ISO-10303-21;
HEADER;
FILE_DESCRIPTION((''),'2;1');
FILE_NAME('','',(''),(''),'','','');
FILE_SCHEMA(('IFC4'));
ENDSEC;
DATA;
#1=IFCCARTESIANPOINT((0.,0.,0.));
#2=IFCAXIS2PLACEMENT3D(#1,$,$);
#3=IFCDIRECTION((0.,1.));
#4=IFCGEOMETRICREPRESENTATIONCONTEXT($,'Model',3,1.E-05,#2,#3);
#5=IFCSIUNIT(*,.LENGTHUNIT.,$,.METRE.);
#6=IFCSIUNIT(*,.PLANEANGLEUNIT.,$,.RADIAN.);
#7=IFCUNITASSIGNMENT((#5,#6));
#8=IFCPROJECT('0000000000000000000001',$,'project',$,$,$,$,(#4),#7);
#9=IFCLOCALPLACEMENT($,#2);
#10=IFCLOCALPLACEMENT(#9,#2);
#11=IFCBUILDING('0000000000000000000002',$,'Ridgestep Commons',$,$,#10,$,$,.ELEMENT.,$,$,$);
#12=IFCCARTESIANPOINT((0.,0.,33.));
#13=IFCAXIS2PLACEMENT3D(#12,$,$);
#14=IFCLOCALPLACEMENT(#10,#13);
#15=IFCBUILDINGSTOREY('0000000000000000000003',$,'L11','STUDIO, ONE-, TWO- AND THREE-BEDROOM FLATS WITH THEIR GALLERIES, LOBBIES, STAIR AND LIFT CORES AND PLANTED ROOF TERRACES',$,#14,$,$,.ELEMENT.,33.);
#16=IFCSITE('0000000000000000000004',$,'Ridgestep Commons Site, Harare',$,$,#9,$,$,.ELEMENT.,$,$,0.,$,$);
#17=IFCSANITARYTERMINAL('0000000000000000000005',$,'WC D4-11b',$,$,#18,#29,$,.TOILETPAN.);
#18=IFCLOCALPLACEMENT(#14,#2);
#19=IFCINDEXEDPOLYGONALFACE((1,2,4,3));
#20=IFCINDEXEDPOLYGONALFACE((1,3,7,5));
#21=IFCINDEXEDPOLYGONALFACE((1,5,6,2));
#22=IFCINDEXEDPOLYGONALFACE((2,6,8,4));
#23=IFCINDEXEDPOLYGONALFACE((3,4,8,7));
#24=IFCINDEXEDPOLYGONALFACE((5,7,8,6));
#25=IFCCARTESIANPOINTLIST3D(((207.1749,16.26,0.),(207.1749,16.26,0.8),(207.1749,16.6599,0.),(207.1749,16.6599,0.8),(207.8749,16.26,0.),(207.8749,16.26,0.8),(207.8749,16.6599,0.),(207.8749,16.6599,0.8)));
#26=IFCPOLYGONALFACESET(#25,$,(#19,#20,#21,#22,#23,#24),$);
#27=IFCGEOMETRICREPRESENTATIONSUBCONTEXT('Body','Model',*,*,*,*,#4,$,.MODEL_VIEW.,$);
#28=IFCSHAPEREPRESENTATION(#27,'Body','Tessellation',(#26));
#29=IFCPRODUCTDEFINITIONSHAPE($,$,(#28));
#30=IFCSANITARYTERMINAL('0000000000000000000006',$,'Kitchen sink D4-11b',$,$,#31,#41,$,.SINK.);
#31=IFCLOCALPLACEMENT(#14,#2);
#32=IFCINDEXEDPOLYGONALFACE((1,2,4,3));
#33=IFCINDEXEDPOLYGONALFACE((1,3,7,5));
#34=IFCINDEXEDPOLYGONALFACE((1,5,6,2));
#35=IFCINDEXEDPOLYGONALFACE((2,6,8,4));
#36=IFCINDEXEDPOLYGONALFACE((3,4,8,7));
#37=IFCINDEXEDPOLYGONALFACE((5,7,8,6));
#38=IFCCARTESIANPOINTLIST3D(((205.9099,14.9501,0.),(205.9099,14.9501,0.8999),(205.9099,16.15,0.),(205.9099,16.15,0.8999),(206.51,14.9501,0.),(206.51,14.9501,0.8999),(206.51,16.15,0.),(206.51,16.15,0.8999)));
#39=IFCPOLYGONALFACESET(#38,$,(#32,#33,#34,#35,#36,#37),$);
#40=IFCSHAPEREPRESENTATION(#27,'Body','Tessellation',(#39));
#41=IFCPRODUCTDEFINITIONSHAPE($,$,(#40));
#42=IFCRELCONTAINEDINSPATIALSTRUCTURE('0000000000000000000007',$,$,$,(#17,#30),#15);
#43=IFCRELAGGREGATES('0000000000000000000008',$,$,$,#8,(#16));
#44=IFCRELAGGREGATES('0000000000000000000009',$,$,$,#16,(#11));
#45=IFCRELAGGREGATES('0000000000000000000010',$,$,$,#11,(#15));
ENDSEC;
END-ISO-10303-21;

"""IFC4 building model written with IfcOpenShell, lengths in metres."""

from ifc_helpers import new_model, si_unit, direction, frame, origin, origin_2d, place, context, subcontext, project, spatial, rectangle, extrude, element, save


model = new_model("IFC4")

# Units and contexts
model_context = context("Model", 3, precision=1e-05, world=origin(), true_north=direction((0.0, 1.0)))
body_context = subcontext(model_context, "Body", "Model", "MODEL_VIEW")
ifc_project = project(units=[si_unit("LENGTHUNIT", "METRE"), si_unit("PLANEANGLEUNIT", "RADIAN")], contexts=[model_context])

# Site, building, storey
site_placement = place(None, origin())
site = spatial("IfcSite", under=ifc_project, at=site_placement, Name="Ridgestep Commons Site, Harare", CompositionType="ELEMENT", RefElevation=0.0)
building_placement = place(site_placement, origin())
building = spatial("IfcBuilding", under=site, at=building_placement, Name="Ridgestep Commons", CompositionType="ELEMENT")
storey_placement = place(building_placement, frame((0.0, 0.0, 33.0)))
storey = spatial("IfcBuildingStorey", under=building, at=storey_placement, Name="L11", Description="STUDIO, ONE-, TWO- AND THREE-BEDROOM FLATS WITH THEIR GALLERIES, LOBBIES, STAIR AND LIFT CORES AND PLANTED ROOF TERRACES", CompositionType="ELEMENT", Elevation=33.0)

# Sanitary terminals
sanitary_terminal_1_placement = place(storey_placement, frame((207.5249, 16.46, 0.0), z_axis=(0.0, 0.0, 1.0), x_axis=(1.0, 0.0, 0.0)))
element("IfcSanitaryTerminal", 1, at=sanitary_terminal_1_placement, inside=storey, Name="WC D4-11b", PredefinedType="TOILETPAN", context=body_context, shape_type="SweptSolid", body=[
    extrude(rectangle(XDim=0.7, YDim=0.3999, at=origin_2d()), origin(), (0.0, 0.0, 1.0), 0.8),
])
sanitary_terminal_2_placement = place(storey_placement, frame((206.21, 15.55, 0.0), z_axis=(0.0, 0.0, 1.0), x_axis=(1.0, 0.0, 0.0)))
element("IfcSanitaryTerminal", 2, at=sanitary_terminal_2_placement, inside=storey, Name="Kitchen sink D4-11b", PredefinedType="SINK", context=body_context, shape_type="SweptSolid", body=[
    extrude(rectangle(XDim=0.6001, YDim=1.2, at=origin_2d()), origin(), (0.0, 0.0, 1.0), 0.8999),
])

save(model, "model.ifc")
